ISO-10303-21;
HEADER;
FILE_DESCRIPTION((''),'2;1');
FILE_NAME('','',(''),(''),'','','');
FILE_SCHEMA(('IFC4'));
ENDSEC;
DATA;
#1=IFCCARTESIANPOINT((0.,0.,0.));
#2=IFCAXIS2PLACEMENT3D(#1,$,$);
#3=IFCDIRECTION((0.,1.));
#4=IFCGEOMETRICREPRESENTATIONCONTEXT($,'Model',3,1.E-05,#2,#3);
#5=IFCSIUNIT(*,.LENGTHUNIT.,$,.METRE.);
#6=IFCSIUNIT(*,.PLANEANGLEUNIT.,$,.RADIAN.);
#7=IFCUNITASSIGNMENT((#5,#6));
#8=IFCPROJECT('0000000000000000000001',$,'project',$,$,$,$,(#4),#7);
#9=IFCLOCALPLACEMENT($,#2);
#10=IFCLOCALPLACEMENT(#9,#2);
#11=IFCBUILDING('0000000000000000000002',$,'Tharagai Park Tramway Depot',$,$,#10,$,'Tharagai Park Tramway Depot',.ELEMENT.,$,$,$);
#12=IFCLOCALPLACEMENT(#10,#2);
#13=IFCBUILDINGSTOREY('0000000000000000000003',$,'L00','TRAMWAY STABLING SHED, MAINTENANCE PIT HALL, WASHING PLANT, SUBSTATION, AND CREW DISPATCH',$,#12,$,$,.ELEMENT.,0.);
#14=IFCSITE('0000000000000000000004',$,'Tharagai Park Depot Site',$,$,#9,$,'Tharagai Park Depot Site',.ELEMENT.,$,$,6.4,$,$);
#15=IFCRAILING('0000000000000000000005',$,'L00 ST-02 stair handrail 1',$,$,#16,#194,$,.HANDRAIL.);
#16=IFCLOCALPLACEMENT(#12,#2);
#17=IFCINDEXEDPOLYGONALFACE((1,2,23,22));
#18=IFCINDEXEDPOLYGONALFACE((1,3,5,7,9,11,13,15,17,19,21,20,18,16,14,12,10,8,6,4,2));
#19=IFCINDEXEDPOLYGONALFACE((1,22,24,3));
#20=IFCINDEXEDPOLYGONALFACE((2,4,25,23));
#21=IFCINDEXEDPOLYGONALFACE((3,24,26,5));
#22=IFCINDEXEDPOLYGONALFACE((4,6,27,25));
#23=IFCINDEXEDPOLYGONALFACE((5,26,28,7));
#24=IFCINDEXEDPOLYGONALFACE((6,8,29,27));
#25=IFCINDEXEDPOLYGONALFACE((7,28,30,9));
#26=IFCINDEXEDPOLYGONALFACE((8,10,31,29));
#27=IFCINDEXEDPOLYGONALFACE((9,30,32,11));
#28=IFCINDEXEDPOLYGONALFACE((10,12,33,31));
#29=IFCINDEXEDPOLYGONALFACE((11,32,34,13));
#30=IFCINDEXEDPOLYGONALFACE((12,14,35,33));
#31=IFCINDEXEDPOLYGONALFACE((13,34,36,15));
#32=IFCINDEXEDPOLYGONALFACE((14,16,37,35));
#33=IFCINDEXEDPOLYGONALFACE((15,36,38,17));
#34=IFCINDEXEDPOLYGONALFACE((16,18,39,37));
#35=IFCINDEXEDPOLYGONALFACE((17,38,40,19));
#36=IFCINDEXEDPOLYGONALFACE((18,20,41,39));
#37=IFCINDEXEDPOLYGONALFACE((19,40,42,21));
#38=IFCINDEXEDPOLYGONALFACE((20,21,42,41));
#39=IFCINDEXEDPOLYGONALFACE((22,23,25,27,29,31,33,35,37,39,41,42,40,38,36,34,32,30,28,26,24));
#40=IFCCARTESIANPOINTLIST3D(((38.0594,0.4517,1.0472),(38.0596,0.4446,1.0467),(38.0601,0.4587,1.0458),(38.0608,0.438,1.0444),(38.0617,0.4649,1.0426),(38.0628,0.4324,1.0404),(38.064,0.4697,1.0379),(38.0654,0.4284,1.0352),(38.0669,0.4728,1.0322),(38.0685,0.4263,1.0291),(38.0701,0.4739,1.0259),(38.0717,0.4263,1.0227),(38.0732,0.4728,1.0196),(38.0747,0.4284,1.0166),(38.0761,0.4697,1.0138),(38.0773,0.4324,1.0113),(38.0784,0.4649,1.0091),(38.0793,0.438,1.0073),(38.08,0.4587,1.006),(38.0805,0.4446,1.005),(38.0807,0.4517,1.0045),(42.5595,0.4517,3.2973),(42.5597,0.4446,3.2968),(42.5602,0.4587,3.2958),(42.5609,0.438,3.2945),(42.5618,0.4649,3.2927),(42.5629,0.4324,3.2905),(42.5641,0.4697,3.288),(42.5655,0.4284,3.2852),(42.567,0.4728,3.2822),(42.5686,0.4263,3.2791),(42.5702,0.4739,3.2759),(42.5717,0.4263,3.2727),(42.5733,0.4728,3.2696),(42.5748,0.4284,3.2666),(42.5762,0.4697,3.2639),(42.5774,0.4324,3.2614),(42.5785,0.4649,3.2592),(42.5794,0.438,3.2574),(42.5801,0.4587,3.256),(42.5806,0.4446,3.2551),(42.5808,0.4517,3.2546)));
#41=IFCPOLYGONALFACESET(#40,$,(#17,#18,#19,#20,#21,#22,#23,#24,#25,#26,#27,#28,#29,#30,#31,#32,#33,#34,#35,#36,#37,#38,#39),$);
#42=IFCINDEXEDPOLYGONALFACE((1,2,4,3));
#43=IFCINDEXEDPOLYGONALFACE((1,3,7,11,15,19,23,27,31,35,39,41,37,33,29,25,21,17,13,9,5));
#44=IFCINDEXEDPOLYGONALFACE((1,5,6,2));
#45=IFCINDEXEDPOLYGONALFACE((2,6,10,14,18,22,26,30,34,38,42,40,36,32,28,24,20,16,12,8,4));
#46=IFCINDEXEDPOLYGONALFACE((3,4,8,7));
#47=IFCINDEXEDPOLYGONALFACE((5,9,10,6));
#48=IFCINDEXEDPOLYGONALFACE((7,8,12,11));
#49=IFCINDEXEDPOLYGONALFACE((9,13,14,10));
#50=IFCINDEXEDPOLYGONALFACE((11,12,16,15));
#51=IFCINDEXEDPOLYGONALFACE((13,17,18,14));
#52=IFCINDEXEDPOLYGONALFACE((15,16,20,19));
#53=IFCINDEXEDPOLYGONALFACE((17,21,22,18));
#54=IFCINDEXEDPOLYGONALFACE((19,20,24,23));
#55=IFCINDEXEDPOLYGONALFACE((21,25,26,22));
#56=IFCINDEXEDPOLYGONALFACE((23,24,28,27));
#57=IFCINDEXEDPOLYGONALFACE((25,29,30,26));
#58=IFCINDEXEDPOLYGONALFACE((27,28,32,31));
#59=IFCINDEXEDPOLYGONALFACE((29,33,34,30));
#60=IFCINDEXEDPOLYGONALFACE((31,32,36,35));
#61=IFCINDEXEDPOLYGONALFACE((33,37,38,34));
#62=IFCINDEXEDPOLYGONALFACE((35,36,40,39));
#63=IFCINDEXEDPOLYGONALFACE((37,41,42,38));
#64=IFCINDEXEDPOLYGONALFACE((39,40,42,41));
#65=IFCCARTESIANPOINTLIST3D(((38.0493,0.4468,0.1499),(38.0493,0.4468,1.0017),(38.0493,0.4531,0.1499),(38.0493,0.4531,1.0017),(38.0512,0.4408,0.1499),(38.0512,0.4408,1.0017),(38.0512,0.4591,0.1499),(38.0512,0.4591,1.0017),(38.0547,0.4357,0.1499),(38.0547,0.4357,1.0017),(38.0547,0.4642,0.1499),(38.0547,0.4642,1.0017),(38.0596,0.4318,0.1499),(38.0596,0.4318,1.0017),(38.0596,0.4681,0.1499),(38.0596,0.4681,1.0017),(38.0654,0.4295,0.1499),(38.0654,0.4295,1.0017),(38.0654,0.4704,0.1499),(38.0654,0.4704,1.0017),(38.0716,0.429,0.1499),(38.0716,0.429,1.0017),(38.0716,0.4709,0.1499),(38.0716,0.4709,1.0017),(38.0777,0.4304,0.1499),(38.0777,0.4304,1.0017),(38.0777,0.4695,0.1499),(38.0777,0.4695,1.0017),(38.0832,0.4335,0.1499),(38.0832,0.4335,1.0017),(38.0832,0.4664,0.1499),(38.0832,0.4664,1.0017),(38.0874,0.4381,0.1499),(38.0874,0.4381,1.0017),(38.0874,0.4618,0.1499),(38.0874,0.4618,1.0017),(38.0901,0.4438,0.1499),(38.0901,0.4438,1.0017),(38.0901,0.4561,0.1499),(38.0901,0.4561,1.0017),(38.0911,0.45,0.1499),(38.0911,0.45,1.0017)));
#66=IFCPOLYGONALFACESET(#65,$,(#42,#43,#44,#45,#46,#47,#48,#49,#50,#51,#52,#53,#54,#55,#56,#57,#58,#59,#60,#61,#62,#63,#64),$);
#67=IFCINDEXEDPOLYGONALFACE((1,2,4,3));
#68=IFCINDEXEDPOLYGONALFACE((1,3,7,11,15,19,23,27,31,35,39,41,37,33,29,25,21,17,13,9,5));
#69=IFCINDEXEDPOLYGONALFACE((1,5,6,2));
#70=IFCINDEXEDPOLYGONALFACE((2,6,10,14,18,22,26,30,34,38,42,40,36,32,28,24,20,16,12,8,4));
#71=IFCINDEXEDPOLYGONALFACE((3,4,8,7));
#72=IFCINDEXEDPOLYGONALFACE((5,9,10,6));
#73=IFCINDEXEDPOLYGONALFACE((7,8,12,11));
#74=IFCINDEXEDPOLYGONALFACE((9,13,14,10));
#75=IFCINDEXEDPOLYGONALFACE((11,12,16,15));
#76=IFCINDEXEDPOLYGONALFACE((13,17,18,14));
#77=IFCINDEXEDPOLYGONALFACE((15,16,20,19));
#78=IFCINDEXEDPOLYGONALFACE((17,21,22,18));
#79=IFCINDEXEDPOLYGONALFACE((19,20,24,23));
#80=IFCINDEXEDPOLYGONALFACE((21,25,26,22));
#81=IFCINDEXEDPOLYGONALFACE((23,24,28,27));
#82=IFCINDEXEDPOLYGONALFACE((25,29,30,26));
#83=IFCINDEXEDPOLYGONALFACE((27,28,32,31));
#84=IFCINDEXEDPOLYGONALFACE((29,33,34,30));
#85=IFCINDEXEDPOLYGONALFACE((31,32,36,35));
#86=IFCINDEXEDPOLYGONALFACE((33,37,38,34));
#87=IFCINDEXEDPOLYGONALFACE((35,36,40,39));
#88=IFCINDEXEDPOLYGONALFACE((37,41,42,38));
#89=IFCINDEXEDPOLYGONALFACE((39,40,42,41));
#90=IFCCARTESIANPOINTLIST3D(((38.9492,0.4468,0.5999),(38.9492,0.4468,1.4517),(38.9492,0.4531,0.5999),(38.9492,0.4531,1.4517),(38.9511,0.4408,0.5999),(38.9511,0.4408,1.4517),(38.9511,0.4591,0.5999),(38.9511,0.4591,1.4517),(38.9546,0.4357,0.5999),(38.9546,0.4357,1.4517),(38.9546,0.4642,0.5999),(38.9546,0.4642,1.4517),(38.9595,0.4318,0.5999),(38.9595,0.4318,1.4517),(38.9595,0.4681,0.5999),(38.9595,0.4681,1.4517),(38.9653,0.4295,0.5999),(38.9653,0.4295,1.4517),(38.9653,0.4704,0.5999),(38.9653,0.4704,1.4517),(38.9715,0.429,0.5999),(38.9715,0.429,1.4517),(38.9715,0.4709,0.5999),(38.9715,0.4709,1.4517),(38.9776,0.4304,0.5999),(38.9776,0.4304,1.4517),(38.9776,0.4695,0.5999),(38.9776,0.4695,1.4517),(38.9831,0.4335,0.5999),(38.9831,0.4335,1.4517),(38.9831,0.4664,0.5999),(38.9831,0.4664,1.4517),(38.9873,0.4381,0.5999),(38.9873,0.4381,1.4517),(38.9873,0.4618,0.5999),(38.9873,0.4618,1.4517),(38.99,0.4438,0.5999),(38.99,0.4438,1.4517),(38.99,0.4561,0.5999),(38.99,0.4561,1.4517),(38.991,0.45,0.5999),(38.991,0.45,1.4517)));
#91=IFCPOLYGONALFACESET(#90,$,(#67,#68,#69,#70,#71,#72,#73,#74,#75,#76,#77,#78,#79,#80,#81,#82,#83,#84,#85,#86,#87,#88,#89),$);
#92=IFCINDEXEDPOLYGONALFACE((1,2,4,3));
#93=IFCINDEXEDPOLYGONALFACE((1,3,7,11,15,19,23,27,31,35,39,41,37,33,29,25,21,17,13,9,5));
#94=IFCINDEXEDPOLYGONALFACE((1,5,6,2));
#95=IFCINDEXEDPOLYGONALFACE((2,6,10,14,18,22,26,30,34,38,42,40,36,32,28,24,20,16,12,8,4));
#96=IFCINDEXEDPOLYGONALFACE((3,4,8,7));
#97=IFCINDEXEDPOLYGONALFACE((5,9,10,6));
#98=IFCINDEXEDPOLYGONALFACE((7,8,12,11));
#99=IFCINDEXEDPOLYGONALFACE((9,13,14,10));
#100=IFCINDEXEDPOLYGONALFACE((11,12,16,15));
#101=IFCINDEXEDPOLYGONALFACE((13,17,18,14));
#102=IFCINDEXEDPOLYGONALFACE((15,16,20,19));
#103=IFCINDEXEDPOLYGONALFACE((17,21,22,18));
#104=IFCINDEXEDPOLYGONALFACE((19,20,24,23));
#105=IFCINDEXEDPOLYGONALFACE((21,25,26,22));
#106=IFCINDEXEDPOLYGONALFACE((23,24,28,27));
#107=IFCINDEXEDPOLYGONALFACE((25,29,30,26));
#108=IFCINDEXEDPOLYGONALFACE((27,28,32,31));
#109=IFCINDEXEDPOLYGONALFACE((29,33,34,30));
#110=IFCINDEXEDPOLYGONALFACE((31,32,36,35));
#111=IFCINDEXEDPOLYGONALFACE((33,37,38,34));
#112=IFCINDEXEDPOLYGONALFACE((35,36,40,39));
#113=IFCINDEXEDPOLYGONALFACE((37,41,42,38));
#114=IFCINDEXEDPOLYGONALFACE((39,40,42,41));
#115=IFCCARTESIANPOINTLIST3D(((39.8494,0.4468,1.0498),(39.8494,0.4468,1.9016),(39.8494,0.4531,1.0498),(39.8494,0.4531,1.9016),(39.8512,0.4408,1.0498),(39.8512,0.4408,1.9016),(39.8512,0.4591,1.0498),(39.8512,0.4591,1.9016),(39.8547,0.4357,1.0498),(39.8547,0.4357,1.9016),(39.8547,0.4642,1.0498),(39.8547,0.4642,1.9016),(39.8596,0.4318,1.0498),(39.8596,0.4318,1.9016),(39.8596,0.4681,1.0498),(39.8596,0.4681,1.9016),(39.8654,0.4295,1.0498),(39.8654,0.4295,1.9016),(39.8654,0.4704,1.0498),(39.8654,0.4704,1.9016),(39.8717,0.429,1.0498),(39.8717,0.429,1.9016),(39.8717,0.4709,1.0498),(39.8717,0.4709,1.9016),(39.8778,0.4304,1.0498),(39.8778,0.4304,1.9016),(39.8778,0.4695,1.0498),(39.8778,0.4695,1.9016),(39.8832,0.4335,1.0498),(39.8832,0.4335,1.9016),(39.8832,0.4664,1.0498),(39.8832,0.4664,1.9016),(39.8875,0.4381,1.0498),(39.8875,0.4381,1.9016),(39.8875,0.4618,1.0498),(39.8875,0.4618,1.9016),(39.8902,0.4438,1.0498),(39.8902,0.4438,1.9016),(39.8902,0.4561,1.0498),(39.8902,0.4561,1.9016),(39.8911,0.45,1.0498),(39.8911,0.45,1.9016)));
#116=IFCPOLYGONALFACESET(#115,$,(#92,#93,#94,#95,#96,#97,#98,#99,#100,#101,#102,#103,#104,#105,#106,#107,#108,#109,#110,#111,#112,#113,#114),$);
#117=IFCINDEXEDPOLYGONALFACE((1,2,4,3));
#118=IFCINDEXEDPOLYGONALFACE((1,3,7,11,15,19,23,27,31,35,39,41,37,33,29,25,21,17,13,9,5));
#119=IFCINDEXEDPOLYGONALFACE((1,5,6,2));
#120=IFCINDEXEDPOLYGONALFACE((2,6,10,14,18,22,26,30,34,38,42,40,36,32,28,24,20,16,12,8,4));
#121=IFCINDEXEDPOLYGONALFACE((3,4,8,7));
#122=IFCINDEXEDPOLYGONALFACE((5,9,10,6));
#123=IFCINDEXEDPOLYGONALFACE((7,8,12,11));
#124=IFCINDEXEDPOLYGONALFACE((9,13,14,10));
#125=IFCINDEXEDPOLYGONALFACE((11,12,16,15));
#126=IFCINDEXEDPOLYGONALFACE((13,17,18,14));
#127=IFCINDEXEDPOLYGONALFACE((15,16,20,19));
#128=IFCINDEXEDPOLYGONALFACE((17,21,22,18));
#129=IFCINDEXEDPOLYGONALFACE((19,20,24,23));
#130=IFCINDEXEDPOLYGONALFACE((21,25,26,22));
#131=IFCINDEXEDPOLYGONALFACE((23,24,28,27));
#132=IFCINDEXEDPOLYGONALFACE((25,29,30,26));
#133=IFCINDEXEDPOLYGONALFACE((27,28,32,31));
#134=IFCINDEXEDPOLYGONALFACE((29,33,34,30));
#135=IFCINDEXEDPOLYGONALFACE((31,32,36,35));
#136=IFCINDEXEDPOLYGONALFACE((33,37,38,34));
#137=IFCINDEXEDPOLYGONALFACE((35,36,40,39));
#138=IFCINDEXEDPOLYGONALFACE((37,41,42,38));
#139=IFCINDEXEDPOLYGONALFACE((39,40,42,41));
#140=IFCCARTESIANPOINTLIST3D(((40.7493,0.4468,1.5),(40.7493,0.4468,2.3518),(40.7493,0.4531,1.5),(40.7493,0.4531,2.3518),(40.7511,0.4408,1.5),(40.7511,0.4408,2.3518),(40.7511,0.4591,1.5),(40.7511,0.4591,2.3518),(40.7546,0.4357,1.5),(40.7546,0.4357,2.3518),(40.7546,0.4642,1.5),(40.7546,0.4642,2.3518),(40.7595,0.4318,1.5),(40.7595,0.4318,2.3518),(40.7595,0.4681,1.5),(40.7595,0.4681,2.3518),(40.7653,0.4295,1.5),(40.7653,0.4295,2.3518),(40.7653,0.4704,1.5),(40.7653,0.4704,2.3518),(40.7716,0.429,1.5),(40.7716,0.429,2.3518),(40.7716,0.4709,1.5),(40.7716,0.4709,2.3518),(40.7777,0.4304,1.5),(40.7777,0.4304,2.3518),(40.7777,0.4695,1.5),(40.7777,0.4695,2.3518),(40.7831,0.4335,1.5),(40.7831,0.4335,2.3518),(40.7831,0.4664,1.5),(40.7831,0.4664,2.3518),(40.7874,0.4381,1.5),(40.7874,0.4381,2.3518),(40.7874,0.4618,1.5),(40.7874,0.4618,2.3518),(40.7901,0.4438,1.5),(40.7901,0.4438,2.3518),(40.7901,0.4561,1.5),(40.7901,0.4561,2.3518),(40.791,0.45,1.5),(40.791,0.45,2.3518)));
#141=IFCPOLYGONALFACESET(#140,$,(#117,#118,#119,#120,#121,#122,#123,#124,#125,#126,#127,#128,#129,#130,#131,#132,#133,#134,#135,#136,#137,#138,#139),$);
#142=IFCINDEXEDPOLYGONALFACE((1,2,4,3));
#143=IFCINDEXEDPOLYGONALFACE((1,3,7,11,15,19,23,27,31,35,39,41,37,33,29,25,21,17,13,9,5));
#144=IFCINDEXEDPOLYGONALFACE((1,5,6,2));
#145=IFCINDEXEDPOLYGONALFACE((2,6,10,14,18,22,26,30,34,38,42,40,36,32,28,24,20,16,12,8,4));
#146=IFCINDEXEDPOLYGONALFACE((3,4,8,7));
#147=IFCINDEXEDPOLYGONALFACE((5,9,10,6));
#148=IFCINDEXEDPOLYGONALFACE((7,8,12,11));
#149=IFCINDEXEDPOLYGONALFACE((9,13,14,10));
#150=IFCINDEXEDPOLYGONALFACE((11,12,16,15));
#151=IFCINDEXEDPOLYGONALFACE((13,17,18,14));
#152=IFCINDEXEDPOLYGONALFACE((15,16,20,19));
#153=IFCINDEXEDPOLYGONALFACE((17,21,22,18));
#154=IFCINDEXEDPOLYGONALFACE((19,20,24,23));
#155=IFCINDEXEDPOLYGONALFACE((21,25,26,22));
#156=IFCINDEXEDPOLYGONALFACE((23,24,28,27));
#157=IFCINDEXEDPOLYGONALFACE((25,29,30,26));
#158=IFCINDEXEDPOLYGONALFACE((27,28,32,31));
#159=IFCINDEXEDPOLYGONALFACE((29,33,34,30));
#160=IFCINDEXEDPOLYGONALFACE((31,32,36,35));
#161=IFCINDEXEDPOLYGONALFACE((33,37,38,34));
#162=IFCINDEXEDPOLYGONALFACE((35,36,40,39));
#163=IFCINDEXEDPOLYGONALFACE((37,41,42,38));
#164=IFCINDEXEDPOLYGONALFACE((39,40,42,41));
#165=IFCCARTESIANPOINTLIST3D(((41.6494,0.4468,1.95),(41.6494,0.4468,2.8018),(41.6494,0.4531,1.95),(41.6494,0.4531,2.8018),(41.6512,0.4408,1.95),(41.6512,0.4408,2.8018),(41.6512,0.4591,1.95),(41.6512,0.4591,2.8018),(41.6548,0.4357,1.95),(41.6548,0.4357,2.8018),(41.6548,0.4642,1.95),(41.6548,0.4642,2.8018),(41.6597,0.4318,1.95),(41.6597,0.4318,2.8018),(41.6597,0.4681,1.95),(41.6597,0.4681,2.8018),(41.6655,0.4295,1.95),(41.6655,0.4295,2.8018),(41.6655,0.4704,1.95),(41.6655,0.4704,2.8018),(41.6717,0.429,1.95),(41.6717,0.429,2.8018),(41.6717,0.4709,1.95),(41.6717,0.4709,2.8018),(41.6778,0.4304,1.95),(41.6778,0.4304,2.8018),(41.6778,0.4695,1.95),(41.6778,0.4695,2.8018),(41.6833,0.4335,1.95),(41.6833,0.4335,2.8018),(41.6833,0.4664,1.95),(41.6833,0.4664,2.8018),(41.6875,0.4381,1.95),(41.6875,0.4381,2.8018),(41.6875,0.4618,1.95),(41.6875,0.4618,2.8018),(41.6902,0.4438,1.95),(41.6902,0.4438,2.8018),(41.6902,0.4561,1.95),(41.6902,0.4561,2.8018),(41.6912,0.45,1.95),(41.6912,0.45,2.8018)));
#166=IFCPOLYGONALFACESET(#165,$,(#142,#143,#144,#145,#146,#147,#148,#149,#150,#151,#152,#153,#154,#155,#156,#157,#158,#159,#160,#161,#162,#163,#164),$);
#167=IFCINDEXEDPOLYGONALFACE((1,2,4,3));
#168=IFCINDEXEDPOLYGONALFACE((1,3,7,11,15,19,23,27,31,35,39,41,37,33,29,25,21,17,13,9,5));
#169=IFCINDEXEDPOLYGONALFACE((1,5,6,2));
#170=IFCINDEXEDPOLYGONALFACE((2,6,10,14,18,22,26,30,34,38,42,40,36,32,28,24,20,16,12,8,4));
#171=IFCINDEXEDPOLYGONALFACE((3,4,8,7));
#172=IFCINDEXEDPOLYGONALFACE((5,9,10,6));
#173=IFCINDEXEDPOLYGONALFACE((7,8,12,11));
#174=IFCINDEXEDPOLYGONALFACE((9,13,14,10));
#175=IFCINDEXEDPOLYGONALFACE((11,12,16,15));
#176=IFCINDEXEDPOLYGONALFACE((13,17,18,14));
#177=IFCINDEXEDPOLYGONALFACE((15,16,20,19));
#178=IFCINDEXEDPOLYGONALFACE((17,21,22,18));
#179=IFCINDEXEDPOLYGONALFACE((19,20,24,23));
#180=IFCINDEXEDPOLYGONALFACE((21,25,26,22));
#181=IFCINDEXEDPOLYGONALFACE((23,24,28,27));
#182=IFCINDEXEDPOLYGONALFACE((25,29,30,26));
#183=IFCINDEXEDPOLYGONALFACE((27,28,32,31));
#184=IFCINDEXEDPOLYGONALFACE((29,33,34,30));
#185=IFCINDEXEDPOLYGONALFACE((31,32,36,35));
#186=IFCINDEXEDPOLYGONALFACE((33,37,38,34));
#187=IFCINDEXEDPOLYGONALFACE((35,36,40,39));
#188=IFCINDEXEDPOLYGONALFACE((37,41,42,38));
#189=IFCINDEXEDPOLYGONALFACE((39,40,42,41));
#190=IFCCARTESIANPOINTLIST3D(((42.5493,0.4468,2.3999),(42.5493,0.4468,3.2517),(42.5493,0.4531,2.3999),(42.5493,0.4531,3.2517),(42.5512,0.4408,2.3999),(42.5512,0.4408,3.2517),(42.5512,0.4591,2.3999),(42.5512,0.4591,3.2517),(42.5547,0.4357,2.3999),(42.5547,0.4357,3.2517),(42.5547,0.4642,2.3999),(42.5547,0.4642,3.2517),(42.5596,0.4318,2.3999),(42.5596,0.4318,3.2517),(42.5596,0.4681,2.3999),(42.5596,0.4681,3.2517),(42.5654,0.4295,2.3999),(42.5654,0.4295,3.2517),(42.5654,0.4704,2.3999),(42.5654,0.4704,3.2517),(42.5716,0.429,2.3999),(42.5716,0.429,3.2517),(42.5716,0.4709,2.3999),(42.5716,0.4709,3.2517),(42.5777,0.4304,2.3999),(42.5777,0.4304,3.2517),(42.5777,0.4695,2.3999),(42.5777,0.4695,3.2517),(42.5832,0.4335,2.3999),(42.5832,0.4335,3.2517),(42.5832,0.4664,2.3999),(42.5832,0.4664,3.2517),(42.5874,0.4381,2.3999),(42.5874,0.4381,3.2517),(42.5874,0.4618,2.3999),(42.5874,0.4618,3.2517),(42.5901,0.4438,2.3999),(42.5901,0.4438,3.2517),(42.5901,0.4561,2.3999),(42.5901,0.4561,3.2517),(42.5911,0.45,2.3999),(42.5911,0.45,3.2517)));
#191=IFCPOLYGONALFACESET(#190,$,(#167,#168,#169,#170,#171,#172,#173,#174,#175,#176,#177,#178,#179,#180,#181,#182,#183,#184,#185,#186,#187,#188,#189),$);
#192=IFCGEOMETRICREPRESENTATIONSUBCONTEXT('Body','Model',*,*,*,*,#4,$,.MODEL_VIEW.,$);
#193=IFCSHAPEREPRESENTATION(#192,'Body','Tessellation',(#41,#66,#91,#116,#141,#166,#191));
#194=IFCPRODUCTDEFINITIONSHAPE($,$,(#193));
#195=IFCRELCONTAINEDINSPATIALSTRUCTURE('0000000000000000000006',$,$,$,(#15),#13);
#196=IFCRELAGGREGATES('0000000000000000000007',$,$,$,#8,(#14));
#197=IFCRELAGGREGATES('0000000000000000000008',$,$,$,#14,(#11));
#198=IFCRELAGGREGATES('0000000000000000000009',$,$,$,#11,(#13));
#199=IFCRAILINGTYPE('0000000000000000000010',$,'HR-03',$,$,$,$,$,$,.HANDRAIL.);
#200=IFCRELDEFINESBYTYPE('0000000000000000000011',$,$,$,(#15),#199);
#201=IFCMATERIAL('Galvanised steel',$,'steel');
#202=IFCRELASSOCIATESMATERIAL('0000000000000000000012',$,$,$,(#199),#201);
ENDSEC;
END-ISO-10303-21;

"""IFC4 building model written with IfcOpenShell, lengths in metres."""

from ifc_helpers import new_model, si_unit, direction, frame, origin, origin_2d, place, context, subcontext, project, spatial, circle, extrude, material, type_object, element, save


model = new_model("IFC4")

# Units and contexts
model_context = context("Model", 3, precision=1e-05, world=origin(), true_north=direction((0.0, 1.0)))
body_context = subcontext(model_context, "Body", "Model", "MODEL_VIEW")
ifc_project = project(units=[si_unit("LENGTHUNIT", "METRE"), si_unit("PLANEANGLEUNIT", "RADIAN")], contexts=[model_context])

# Site, building, storey
site_placement = place(None, origin())
site = spatial("IfcSite", under=ifc_project, at=site_placement, Name="Tharagai Park Depot Site", LongName="Tharagai Park Depot Site", CompositionType="ELEMENT", RefElevation=6.4)
building_placement = place(site_placement, origin())
building = spatial("IfcBuilding", under=site, at=building_placement, Name="Tharagai Park Tramway Depot", LongName="Tharagai Park Tramway Depot", CompositionType="ELEMENT")
storey_placement = place(building_placement, origin())
storey = spatial("IfcBuildingStorey", under=building, at=storey_placement, Name="L00", Description="TRAMWAY STABLING SHED, MAINTENANCE PIT HALL, WASHING PLANT, SUBSTATION, AND CREW DISPATCH", CompositionType="ELEMENT", Elevation=0.0)

# Railing
ifc_material_1 = material(Name="Galvanised steel", Category="steel")
railing_type_1 = type_object("IfcRailingType", Name="HR-03", PredefinedType="HANDRAIL", material=ifc_material_1)
railing_1_placement = place(storey_placement, frame((38.0701, 0.45, 0.1499)))
element("IfcRailing", 1, at=railing_1_placement, inside=storey, type_object=railing_type_1, Name="L00 ST-02 stair handrail 1", PredefinedType="HANDRAIL", context=body_context, shape_type="SweptSolid", body=[
    extrude(circle(Radius=0.0239, at=origin_2d()), frame((0.0, 0.0, 0.876), z_axis=(0.894427, 0.0, 0.447214), x_axis=(0.0, 1.0, 0.0)), (0.0, 0.0, 1.0), 5.0312),
    extrude(circle(Radius=0.021, at=origin_2d()), origin(), (0.0, 0.0, 1.0), 0.8518),
    extrude(circle(Radius=0.021, at=origin_2d()), frame((0.8999, 0.0, 0.45)), (0.0, 0.0, 1.0), 0.8518),
    extrude(circle(Radius=0.021, at=origin_2d()), frame((1.8, 0.0, 0.8999)), (0.0, 0.0, 1.0), 0.8518),
    extrude(circle(Radius=0.021, at=origin_2d()), frame((2.7, 0.0, 1.3501)), (0.0, 0.0, 1.0), 0.8518),
    extrude(circle(Radius=0.021, at=origin_2d()), frame((3.6001, 0.0, 1.8)), (0.0, 0.0, 1.0), 0.8518),
    extrude(circle(Radius=0.021, at=origin_2d()), frame((4.5, 0.0, 2.25)), (0.0, 0.0, 1.0), 0.8518),
])

save(model, "model.ifc")
